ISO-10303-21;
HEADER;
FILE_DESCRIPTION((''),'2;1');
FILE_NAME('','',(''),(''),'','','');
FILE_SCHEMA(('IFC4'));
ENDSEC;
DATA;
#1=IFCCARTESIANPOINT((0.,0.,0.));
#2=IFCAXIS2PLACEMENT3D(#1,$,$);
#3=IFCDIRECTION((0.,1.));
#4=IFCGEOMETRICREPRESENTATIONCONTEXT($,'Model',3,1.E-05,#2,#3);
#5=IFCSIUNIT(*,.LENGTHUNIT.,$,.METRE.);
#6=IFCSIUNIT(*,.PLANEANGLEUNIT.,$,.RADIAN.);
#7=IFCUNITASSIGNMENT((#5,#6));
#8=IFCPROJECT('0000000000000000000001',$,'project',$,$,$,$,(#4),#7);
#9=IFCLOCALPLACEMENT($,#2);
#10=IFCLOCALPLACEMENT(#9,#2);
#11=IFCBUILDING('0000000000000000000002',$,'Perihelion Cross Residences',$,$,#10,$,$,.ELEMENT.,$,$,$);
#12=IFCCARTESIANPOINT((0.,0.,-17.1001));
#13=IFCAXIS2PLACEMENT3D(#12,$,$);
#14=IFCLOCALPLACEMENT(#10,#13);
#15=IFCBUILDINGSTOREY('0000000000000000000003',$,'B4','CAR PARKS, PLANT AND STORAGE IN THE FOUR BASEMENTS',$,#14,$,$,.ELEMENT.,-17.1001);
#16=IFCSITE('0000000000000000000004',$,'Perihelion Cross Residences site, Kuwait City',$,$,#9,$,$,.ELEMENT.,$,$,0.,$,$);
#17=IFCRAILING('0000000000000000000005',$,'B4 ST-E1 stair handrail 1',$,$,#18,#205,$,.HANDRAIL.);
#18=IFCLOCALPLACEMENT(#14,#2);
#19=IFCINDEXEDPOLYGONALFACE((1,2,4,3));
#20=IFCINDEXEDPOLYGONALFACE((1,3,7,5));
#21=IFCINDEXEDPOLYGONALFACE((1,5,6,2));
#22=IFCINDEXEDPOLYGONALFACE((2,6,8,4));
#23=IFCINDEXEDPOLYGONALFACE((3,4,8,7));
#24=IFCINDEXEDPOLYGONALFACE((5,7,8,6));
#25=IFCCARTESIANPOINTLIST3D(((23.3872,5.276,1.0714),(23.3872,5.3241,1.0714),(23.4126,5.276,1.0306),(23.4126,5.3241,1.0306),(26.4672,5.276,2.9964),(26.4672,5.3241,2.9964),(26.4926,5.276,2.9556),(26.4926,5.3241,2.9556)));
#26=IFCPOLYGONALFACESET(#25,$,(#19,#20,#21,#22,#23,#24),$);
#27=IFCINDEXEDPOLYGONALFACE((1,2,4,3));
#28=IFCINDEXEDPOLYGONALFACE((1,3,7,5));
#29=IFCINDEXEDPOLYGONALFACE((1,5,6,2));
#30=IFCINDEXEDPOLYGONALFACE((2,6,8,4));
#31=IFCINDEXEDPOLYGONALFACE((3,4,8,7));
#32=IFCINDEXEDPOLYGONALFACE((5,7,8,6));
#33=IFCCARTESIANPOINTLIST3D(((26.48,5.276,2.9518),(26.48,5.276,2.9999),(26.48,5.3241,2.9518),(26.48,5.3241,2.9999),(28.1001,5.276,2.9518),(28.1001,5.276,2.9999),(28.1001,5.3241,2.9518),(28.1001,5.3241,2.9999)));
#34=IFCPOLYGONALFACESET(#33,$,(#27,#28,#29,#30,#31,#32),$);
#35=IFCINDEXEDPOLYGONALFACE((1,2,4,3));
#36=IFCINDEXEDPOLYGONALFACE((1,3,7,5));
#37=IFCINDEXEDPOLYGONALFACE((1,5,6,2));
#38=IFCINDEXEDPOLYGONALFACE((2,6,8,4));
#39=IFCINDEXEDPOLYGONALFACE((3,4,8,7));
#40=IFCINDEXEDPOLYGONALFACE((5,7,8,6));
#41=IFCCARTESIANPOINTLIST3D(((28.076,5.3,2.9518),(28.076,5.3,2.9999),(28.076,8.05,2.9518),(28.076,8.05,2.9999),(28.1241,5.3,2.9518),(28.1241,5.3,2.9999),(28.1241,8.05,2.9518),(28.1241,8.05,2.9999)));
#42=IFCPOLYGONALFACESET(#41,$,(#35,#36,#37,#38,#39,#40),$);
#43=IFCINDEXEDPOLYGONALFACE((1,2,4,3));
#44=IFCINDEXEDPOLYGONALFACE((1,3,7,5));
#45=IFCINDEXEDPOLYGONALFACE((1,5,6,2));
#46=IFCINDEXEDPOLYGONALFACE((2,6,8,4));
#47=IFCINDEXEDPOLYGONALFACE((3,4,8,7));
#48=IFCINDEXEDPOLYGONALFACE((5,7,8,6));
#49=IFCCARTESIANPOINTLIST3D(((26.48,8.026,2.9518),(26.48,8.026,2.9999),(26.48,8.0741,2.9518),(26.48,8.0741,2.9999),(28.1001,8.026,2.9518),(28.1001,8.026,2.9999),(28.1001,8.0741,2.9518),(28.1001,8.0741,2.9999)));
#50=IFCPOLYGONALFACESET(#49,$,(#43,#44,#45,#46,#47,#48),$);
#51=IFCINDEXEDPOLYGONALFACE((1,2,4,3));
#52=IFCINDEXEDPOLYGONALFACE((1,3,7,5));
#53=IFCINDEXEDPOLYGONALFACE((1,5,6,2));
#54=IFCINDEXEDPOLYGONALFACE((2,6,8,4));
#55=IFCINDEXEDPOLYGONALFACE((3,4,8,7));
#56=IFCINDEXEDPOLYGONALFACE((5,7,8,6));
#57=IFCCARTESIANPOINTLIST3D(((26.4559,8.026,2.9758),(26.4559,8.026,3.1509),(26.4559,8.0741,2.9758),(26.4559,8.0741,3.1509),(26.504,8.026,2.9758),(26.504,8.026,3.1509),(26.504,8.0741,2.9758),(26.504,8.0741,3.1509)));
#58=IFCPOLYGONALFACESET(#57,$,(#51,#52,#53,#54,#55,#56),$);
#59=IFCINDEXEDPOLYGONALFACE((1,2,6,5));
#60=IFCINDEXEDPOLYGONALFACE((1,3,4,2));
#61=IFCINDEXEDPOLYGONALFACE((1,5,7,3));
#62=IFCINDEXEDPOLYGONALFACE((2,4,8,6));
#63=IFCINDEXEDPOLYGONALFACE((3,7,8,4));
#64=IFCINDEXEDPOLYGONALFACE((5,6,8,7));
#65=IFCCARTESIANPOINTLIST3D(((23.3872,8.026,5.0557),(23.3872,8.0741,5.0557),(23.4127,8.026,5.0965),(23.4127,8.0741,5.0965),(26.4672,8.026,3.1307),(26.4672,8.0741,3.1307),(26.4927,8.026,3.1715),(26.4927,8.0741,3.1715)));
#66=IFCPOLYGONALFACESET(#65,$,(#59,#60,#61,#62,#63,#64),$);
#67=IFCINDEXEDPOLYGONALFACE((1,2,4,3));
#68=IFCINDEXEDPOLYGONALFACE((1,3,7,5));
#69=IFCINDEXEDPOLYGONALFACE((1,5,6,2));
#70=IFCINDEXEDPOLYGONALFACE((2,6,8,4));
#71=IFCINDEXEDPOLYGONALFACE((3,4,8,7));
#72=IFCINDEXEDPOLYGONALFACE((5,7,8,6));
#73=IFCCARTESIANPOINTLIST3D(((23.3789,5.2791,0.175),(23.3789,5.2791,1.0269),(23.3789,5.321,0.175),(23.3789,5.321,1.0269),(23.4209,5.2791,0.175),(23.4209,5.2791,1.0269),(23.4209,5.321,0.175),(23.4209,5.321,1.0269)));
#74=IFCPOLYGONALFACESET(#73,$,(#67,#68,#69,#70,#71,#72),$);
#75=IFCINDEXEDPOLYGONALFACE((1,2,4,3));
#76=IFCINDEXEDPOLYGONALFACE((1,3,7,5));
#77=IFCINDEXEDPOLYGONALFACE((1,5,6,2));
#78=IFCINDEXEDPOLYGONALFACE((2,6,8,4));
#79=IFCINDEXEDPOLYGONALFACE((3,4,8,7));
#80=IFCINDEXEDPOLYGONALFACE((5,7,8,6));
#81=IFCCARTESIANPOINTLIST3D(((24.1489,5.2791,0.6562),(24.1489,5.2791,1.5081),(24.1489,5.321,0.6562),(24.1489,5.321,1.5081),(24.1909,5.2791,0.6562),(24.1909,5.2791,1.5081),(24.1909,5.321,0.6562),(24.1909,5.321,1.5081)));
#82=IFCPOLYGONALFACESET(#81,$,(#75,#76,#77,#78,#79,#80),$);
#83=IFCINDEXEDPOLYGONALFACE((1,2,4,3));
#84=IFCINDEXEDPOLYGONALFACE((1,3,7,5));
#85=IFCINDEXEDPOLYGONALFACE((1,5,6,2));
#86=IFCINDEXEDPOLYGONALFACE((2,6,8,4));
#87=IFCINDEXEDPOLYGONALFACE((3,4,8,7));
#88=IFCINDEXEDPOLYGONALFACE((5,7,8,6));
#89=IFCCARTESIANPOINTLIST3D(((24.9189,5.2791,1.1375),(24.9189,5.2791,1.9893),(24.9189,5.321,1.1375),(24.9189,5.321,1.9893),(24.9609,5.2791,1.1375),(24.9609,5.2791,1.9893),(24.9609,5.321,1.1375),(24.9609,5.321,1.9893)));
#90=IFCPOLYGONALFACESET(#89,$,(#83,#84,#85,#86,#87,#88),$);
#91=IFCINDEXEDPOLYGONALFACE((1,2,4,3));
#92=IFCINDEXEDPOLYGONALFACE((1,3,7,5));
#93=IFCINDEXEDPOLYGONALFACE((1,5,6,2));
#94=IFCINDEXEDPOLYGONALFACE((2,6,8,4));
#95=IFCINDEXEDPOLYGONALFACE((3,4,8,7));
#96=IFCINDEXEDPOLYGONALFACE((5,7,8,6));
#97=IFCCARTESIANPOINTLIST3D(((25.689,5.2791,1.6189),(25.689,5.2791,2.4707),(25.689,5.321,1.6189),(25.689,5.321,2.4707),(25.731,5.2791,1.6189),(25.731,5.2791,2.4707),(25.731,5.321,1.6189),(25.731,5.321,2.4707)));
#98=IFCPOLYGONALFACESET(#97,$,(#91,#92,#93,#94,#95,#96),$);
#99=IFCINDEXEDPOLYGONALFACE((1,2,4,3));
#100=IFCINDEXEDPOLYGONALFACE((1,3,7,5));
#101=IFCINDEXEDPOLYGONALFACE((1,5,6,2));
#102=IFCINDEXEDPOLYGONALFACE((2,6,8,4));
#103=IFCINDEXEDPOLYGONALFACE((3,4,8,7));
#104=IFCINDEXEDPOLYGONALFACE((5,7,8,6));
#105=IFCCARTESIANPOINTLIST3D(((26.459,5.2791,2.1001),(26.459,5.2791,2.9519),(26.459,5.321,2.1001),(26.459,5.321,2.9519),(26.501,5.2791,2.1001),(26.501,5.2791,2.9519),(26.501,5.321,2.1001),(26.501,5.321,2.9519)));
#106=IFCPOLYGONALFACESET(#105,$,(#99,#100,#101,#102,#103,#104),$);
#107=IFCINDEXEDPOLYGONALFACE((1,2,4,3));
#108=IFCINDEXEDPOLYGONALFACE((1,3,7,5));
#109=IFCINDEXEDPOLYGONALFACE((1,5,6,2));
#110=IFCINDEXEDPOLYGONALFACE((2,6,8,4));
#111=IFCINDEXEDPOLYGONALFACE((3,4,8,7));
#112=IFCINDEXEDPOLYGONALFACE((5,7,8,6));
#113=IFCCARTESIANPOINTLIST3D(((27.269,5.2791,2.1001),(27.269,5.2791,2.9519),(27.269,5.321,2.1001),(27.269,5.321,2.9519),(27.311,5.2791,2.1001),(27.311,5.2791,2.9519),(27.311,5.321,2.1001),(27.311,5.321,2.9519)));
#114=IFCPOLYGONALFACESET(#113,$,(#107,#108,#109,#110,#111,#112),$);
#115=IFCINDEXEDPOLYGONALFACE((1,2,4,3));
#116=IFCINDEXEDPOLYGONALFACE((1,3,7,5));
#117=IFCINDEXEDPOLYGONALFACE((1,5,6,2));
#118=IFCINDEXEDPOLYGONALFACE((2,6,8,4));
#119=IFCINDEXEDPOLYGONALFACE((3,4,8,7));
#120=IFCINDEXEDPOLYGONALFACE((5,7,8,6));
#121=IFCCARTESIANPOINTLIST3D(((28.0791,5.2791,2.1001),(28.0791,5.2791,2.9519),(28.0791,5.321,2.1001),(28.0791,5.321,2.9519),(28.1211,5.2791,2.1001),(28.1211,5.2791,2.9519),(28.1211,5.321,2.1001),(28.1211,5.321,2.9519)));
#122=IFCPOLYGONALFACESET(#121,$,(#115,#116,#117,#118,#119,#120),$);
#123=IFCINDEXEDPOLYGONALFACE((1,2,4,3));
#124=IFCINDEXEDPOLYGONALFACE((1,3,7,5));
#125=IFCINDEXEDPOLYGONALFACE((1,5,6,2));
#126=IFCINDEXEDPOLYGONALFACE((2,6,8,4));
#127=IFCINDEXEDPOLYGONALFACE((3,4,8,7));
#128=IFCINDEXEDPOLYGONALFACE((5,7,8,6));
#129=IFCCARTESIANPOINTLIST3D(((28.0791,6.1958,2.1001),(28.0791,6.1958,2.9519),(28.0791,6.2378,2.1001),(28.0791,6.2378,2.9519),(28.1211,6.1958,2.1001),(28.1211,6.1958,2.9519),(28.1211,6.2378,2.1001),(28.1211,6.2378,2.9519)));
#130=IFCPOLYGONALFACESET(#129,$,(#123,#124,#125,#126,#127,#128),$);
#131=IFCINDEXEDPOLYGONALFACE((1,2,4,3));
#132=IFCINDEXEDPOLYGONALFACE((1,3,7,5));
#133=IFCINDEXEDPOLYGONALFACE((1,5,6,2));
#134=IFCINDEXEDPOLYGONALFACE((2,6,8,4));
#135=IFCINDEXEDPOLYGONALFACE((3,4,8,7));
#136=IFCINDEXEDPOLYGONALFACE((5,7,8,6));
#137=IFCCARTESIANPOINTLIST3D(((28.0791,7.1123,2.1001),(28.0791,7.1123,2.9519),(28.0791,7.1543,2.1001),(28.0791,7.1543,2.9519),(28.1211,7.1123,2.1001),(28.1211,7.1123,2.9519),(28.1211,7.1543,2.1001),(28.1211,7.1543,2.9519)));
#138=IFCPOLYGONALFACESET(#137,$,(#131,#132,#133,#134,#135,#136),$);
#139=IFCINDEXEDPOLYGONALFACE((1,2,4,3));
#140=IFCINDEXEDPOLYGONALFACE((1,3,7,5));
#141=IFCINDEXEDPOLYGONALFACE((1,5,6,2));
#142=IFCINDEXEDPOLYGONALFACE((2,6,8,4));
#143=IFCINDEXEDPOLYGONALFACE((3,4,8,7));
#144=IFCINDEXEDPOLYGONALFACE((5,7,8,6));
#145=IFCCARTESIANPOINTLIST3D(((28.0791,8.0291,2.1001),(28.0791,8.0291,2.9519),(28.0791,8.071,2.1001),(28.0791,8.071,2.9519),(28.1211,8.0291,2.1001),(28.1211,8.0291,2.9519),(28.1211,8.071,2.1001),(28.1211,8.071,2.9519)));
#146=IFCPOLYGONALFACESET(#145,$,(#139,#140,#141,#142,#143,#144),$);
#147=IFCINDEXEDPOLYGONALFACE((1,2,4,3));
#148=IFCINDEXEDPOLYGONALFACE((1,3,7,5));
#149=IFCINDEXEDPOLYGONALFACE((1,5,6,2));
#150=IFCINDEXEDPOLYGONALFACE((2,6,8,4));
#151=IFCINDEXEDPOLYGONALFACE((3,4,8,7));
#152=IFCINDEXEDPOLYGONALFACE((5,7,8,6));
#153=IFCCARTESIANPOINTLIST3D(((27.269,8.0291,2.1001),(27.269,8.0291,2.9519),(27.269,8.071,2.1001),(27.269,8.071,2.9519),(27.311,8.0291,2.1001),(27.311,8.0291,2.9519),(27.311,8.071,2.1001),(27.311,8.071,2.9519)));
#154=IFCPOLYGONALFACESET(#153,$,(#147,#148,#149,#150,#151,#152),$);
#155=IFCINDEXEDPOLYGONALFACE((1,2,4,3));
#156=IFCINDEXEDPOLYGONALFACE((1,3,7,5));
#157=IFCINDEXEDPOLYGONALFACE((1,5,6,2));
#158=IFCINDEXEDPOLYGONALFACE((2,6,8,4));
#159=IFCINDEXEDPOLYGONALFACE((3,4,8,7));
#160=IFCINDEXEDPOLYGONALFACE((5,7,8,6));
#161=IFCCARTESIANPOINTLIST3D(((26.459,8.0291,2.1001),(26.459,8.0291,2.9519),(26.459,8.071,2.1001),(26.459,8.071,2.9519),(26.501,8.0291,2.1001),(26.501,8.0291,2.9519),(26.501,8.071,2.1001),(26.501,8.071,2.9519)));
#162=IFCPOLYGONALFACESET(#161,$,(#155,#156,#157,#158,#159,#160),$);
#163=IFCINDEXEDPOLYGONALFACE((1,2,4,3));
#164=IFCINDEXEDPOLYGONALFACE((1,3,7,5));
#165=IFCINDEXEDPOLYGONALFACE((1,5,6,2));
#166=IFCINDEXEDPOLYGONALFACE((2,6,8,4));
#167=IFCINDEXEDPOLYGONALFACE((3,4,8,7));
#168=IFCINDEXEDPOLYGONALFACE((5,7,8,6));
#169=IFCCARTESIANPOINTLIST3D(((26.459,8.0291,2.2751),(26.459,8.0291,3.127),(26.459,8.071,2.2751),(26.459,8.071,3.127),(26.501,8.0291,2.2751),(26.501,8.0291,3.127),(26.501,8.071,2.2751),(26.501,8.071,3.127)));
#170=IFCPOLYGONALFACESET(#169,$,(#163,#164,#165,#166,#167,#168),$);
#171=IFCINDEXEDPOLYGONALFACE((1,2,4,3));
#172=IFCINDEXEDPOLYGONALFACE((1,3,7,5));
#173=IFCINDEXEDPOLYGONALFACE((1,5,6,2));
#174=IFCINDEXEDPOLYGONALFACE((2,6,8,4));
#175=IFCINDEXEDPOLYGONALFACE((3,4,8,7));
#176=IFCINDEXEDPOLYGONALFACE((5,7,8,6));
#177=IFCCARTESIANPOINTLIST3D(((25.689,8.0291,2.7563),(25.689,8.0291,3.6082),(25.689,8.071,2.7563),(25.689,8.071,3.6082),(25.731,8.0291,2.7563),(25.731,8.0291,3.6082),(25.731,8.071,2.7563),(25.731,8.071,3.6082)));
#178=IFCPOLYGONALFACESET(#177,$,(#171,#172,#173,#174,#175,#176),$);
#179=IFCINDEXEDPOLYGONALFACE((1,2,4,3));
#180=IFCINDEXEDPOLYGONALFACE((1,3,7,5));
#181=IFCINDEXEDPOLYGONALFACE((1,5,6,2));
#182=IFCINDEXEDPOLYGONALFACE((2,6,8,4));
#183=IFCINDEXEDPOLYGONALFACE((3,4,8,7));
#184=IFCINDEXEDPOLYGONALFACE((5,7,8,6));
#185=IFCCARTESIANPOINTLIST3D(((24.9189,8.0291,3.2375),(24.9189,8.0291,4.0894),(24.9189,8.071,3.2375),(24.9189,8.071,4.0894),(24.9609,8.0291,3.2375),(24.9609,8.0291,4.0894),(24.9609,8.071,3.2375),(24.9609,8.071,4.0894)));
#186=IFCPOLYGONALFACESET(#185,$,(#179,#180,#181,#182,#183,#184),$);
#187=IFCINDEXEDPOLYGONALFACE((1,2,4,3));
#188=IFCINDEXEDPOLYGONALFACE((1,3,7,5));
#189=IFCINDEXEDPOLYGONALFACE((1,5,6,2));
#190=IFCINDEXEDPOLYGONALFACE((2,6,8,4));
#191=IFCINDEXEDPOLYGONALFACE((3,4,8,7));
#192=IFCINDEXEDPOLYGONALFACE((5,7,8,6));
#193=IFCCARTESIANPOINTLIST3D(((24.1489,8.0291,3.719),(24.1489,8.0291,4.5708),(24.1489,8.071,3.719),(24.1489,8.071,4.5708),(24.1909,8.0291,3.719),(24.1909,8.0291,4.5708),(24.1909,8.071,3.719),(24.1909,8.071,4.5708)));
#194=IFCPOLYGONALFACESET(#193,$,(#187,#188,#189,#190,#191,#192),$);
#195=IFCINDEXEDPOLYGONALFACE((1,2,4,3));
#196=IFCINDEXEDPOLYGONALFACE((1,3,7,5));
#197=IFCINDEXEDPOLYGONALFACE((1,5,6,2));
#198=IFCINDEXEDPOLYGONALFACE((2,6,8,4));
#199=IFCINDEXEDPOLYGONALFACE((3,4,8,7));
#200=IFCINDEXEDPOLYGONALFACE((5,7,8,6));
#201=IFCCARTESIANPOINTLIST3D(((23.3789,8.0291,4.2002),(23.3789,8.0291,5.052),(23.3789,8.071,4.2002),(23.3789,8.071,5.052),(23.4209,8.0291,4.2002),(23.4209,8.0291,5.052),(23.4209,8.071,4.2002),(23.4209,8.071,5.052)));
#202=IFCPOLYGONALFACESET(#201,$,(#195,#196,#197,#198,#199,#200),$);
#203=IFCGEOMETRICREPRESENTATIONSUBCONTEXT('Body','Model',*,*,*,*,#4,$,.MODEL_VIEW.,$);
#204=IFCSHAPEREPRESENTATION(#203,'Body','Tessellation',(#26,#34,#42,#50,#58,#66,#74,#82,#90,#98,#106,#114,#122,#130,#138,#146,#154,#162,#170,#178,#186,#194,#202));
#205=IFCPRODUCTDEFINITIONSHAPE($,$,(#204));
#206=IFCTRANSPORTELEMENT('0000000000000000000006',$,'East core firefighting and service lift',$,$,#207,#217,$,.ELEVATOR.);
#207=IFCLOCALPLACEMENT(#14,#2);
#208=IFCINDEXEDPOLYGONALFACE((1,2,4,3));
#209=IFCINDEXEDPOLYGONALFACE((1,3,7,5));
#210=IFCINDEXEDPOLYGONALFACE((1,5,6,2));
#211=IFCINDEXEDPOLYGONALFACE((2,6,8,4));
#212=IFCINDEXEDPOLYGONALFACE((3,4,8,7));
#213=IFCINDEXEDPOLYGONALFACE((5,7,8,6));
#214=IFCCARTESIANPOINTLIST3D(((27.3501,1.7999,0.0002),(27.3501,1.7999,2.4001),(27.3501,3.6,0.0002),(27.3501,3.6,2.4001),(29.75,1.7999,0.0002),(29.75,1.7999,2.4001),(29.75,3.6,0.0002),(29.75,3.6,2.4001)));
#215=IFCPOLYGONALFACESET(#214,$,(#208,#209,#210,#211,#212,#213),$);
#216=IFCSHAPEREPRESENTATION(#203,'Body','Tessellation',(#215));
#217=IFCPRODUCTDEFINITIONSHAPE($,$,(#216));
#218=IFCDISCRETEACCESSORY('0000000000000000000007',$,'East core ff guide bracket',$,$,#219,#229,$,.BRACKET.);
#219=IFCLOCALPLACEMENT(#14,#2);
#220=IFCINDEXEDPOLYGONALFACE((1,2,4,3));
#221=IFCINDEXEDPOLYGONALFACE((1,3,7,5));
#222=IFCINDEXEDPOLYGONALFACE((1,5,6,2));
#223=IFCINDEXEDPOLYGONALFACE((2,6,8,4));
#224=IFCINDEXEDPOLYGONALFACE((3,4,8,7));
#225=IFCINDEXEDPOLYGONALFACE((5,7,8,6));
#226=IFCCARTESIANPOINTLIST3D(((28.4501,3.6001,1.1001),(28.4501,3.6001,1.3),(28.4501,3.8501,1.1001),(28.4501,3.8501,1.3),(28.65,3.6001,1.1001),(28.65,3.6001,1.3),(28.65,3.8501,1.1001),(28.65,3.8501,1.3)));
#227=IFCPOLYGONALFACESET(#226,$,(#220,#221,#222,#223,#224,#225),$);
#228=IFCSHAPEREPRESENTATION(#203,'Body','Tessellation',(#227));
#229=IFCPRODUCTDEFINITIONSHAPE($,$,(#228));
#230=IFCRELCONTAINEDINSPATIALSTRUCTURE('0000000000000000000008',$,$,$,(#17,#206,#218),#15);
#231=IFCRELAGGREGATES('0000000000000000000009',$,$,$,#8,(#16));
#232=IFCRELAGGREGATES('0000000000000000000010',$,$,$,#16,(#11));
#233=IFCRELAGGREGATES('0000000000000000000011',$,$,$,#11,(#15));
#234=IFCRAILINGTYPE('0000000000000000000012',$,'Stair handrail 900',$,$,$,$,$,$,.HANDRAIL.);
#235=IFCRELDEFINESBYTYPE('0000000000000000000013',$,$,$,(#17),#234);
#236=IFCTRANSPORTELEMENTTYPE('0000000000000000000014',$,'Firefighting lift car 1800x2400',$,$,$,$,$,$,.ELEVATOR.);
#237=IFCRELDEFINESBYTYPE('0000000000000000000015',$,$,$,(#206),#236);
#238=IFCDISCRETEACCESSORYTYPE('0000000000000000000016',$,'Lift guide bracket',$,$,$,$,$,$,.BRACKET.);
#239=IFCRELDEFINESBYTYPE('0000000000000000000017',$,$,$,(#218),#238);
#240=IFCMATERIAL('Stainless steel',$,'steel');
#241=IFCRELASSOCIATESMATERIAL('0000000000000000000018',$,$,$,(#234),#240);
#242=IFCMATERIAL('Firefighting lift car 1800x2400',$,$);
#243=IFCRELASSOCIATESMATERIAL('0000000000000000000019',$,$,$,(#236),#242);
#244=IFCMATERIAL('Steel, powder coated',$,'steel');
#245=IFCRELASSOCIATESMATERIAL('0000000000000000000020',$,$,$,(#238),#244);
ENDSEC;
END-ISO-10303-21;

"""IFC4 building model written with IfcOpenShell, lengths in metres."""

from ifc_helpers import new_model, si_unit, direction, frame, origin, origin_2d, place, context, subcontext, project, spatial, rectangle, extrude, material, type_object, element, save


model = new_model("IFC4")

# Units and contexts
model_context = context("Model", 3, precision=1e-05, world=origin(), true_north=direction((0.0, 1.0)))
body_context = subcontext(model_context, "Body", "Model", "MODEL_VIEW")
ifc_project = project(units=[si_unit("LENGTHUNIT", "METRE"), si_unit("PLANEANGLEUNIT", "RADIAN")], contexts=[model_context])

# Site, building, storey
site_placement = place(None, origin())
site = spatial("IfcSite", under=ifc_project, at=site_placement, Name="Perihelion Cross Residences site, Kuwait City", CompositionType="ELEMENT", RefElevation=0.0)
building_placement = place(site_placement, origin())
building = spatial("IfcBuilding", under=site, at=building_placement, Name="Perihelion Cross Residences", CompositionType="ELEMENT")
storey_placement = place(building_placement, frame((0.0, 0.0, -17.1001)))
storey = spatial("IfcBuildingStorey", under=building, at=storey_placement, Name="B4", Description="CAR PARKS, PLANT AND STORAGE IN THE FOUR BASEMENTS", CompositionType="ELEMENT", Elevation=-17.1001)

# Railing
ifc_material_1 = material(Name="Stainless steel", Category="steel")
railing_type_1 = type_object("IfcRailingType", Name="Stair handrail 900", PredefinedType="HANDRAIL", material=ifc_material_1)
railing_1_placement = place(storey_placement, frame((23.3999, 5.3, 0.175)))
element("IfcRailing", 1, at=railing_1_placement, inside=storey, type_object=railing_type_1, Name="B4 ST-E1 stair handrail 1", PredefinedType="HANDRAIL", context=body_context, shape_type="SweptSolid", body=[
    extrude(rectangle(XDim=0.0481, YDim=0.0481, at=origin_2d()), frame((0.0, 0.0, 0.876), z_axis=(0.847998, 0.0, 0.529999), x_axis=(0.0, 1.0, 0.0)), (0.0, 0.0, 1.0), 3.6321),
    extrude(rectangle(XDim=0.0481, YDim=0.0481, at=origin_2d()), frame((3.0801, 0.0, 2.8008), z_axis=(1.0, 0.0, 0.0), x_axis=(0.0, 1.0, 0.0)), (0.0, 0.0, 1.0), 1.6201),
    extrude(rectangle(XDim=0.0481, YDim=0.0481, at=origin_2d()), frame((4.7002, 0.0, 2.8008), z_axis=(0.0, 1.0, 0.0), x_axis=(-1.0, 0.0, 0.0)), (0.0, 0.0, 1.0), 2.75),
    extrude(rectangle(XDim=0.0481, YDim=0.0481, at=origin_2d()), frame((4.7002, 2.75, 2.8008), z_axis=(-1.0, 0.0, 0.0), x_axis=(0.0, -1.0, 0.0)), (0.0, 0.0, 1.0), 1.6201),
    extrude(rectangle(XDim=0.0481, YDim=0.0481, at=origin_2d()), frame((3.0801, 2.75, 2.8008), z_axis=(0.0, 0.0, 1.0), x_axis=(1.0, 0.0, 0.0)), (0.0, 0.0, 1.0), 0.175),
    extrude(rectangle(XDim=0.0481, YDim=0.0481, at=origin_2d()), frame((3.0801, 2.75, 2.9761), z_axis=(-0.847998, 0.0, 0.529999), x_axis=(0.0, -1.0, 0.0)), (0.0, 0.0, 1.0), 3.6321),
    extrude(rectangle(XDim=0.042, YDim=0.042, at=origin_2d()), origin(), (0.0, 0.0, 1.0), 0.8518),
    extrude(rectangle(XDim=0.042, YDim=0.042, at=origin_2d()), frame((0.77, 0.0, 0.4812)), (0.0, 0.0, 1.0), 0.8518),
    extrude(rectangle(XDim=0.042, YDim=0.042, at=origin_2d()), frame((1.54, 0.0, 0.9624)), (0.0, 0.0, 1.0), 0.8518),
    extrude(rectangle(XDim=0.042, YDim=0.042, at=origin_2d()), frame((2.3101, 0.0, 1.4438)), (0.0, 0.0, 1.0), 0.8518),
    extrude(rectangle(XDim=0.042, YDim=0.042, at=origin_2d()), frame((3.0801, 0.0, 1.925)), (0.0, 0.0, 1.0), 0.8518),
    extrude(rectangle(XDim=0.042, YDim=0.042, at=origin_2d()), frame((3.8901, 0.0, 1.925)), (0.0, 0.0, 1.0), 0.8518),
    extrude(rectangle(XDim=0.042, YDim=0.042, at=origin_2d()), frame((4.7002, 0.0, 1.925)), (0.0, 0.0, 1.0), 0.8518),
    extrude(rectangle(XDim=0.042, YDim=0.042, at=origin_2d()), frame((4.7002, 0.9167, 1.925)), (0.0, 0.0, 1.0), 0.8518),
    extrude(rectangle(XDim=0.042, YDim=0.042, at=origin_2d()), frame((4.7002, 1.8333, 1.925)), (0.0, 0.0, 1.0), 0.8518),
    extrude(rectangle(XDim=0.042, YDim=0.042, at=origin_2d()), frame((4.7002, 2.75, 1.925)), (0.0, 0.0, 1.0), 0.8518),
    extrude(rectangle(XDim=0.042, YDim=0.042, at=origin_2d()), frame((3.8901, 2.75, 1.925)), (0.0, 0.0, 1.0), 0.8518),
    extrude(rectangle(XDim=0.042, YDim=0.042, at=origin_2d()), frame((3.0801, 2.75, 1.925)), (0.0, 0.0, 1.0), 0.8518),
    extrude(rectangle(XDim=0.042, YDim=0.042, at=origin_2d()), frame((3.0801, 2.75, 2.1001)), (0.0, 0.0, 1.0), 0.8518),
    extrude(rectangle(XDim=0.042, YDim=0.042, at=origin_2d()), frame((2.3101, 2.75, 2.5813)), (0.0, 0.0, 1.0), 0.8518),
    extrude(rectangle(XDim=0.042, YDim=0.042, at=origin_2d()), frame((1.54, 2.75, 3.0625)), (0.0, 0.0, 1.0), 0.8518),
    extrude(rectangle(XDim=0.042, YDim=0.042, at=origin_2d()), frame((0.77, 2.75, 3.5439)), (0.0, 0.0, 1.0), 0.8518),
    extrude(rectangle(XDim=0.042, YDim=0.042, at=origin_2d()), frame((0.0, 2.75, 4.0251)), (0.0, 0.0, 1.0), 0.8518),
])

# Transport element
ifc_material_2 = material(Name="Firefighting lift car 1800x2400")
transport_element_type = type_object("IfcTransportElementType", Name="Firefighting lift car 1800x2400", PredefinedType="ELEVATOR", material=ifc_material_2)
transport_element_placement = place(storey_placement, frame((28.55, 2.7, 0.0002), z_axis=(0.0, 0.0, 1.0), x_axis=(1.0, 0.0, 0.0)))
element("IfcTransportElement", 2, at=transport_element_placement, inside=storey, type_object=transport_element_type, Name="East core firefighting and service lift", PredefinedType="ELEVATOR", context=body_context, shape_type="SweptSolid", body=[
    extrude(rectangle(XDim=2.3999, YDim=1.8, at=origin_2d()), origin(), (0.0, 0.0, 1.0), 2.3999),
])

# Discrete accessory
ifc_material_3 = material(Name="Steel, powder coated", Category="steel")
discrete_accessory_type = type_object("IfcDiscreteAccessoryType", Name="Lift guide bracket", PredefinedType="BRACKET", material=ifc_material_3)
discrete_accessory_placement = place(storey_placement, frame((28.55, 3.7251, 1.1001), z_axis=(0.0, 0.0, 1.0), x_axis=(1.0, 0.0, 0.0)))
element("IfcDiscreteAccessory", 3, at=discrete_accessory_placement, inside=storey, type_object=discrete_accessory_type, Name="East core ff guide bracket", PredefinedType="BRACKET", context=body_context, shape_type="SweptSolid", body=[
    extrude(rectangle(XDim=0.2, YDim=0.25, at=origin_2d()), origin(), (0.0, 0.0, 1.0), 0.2),
])

save(model, "model.ifc")
